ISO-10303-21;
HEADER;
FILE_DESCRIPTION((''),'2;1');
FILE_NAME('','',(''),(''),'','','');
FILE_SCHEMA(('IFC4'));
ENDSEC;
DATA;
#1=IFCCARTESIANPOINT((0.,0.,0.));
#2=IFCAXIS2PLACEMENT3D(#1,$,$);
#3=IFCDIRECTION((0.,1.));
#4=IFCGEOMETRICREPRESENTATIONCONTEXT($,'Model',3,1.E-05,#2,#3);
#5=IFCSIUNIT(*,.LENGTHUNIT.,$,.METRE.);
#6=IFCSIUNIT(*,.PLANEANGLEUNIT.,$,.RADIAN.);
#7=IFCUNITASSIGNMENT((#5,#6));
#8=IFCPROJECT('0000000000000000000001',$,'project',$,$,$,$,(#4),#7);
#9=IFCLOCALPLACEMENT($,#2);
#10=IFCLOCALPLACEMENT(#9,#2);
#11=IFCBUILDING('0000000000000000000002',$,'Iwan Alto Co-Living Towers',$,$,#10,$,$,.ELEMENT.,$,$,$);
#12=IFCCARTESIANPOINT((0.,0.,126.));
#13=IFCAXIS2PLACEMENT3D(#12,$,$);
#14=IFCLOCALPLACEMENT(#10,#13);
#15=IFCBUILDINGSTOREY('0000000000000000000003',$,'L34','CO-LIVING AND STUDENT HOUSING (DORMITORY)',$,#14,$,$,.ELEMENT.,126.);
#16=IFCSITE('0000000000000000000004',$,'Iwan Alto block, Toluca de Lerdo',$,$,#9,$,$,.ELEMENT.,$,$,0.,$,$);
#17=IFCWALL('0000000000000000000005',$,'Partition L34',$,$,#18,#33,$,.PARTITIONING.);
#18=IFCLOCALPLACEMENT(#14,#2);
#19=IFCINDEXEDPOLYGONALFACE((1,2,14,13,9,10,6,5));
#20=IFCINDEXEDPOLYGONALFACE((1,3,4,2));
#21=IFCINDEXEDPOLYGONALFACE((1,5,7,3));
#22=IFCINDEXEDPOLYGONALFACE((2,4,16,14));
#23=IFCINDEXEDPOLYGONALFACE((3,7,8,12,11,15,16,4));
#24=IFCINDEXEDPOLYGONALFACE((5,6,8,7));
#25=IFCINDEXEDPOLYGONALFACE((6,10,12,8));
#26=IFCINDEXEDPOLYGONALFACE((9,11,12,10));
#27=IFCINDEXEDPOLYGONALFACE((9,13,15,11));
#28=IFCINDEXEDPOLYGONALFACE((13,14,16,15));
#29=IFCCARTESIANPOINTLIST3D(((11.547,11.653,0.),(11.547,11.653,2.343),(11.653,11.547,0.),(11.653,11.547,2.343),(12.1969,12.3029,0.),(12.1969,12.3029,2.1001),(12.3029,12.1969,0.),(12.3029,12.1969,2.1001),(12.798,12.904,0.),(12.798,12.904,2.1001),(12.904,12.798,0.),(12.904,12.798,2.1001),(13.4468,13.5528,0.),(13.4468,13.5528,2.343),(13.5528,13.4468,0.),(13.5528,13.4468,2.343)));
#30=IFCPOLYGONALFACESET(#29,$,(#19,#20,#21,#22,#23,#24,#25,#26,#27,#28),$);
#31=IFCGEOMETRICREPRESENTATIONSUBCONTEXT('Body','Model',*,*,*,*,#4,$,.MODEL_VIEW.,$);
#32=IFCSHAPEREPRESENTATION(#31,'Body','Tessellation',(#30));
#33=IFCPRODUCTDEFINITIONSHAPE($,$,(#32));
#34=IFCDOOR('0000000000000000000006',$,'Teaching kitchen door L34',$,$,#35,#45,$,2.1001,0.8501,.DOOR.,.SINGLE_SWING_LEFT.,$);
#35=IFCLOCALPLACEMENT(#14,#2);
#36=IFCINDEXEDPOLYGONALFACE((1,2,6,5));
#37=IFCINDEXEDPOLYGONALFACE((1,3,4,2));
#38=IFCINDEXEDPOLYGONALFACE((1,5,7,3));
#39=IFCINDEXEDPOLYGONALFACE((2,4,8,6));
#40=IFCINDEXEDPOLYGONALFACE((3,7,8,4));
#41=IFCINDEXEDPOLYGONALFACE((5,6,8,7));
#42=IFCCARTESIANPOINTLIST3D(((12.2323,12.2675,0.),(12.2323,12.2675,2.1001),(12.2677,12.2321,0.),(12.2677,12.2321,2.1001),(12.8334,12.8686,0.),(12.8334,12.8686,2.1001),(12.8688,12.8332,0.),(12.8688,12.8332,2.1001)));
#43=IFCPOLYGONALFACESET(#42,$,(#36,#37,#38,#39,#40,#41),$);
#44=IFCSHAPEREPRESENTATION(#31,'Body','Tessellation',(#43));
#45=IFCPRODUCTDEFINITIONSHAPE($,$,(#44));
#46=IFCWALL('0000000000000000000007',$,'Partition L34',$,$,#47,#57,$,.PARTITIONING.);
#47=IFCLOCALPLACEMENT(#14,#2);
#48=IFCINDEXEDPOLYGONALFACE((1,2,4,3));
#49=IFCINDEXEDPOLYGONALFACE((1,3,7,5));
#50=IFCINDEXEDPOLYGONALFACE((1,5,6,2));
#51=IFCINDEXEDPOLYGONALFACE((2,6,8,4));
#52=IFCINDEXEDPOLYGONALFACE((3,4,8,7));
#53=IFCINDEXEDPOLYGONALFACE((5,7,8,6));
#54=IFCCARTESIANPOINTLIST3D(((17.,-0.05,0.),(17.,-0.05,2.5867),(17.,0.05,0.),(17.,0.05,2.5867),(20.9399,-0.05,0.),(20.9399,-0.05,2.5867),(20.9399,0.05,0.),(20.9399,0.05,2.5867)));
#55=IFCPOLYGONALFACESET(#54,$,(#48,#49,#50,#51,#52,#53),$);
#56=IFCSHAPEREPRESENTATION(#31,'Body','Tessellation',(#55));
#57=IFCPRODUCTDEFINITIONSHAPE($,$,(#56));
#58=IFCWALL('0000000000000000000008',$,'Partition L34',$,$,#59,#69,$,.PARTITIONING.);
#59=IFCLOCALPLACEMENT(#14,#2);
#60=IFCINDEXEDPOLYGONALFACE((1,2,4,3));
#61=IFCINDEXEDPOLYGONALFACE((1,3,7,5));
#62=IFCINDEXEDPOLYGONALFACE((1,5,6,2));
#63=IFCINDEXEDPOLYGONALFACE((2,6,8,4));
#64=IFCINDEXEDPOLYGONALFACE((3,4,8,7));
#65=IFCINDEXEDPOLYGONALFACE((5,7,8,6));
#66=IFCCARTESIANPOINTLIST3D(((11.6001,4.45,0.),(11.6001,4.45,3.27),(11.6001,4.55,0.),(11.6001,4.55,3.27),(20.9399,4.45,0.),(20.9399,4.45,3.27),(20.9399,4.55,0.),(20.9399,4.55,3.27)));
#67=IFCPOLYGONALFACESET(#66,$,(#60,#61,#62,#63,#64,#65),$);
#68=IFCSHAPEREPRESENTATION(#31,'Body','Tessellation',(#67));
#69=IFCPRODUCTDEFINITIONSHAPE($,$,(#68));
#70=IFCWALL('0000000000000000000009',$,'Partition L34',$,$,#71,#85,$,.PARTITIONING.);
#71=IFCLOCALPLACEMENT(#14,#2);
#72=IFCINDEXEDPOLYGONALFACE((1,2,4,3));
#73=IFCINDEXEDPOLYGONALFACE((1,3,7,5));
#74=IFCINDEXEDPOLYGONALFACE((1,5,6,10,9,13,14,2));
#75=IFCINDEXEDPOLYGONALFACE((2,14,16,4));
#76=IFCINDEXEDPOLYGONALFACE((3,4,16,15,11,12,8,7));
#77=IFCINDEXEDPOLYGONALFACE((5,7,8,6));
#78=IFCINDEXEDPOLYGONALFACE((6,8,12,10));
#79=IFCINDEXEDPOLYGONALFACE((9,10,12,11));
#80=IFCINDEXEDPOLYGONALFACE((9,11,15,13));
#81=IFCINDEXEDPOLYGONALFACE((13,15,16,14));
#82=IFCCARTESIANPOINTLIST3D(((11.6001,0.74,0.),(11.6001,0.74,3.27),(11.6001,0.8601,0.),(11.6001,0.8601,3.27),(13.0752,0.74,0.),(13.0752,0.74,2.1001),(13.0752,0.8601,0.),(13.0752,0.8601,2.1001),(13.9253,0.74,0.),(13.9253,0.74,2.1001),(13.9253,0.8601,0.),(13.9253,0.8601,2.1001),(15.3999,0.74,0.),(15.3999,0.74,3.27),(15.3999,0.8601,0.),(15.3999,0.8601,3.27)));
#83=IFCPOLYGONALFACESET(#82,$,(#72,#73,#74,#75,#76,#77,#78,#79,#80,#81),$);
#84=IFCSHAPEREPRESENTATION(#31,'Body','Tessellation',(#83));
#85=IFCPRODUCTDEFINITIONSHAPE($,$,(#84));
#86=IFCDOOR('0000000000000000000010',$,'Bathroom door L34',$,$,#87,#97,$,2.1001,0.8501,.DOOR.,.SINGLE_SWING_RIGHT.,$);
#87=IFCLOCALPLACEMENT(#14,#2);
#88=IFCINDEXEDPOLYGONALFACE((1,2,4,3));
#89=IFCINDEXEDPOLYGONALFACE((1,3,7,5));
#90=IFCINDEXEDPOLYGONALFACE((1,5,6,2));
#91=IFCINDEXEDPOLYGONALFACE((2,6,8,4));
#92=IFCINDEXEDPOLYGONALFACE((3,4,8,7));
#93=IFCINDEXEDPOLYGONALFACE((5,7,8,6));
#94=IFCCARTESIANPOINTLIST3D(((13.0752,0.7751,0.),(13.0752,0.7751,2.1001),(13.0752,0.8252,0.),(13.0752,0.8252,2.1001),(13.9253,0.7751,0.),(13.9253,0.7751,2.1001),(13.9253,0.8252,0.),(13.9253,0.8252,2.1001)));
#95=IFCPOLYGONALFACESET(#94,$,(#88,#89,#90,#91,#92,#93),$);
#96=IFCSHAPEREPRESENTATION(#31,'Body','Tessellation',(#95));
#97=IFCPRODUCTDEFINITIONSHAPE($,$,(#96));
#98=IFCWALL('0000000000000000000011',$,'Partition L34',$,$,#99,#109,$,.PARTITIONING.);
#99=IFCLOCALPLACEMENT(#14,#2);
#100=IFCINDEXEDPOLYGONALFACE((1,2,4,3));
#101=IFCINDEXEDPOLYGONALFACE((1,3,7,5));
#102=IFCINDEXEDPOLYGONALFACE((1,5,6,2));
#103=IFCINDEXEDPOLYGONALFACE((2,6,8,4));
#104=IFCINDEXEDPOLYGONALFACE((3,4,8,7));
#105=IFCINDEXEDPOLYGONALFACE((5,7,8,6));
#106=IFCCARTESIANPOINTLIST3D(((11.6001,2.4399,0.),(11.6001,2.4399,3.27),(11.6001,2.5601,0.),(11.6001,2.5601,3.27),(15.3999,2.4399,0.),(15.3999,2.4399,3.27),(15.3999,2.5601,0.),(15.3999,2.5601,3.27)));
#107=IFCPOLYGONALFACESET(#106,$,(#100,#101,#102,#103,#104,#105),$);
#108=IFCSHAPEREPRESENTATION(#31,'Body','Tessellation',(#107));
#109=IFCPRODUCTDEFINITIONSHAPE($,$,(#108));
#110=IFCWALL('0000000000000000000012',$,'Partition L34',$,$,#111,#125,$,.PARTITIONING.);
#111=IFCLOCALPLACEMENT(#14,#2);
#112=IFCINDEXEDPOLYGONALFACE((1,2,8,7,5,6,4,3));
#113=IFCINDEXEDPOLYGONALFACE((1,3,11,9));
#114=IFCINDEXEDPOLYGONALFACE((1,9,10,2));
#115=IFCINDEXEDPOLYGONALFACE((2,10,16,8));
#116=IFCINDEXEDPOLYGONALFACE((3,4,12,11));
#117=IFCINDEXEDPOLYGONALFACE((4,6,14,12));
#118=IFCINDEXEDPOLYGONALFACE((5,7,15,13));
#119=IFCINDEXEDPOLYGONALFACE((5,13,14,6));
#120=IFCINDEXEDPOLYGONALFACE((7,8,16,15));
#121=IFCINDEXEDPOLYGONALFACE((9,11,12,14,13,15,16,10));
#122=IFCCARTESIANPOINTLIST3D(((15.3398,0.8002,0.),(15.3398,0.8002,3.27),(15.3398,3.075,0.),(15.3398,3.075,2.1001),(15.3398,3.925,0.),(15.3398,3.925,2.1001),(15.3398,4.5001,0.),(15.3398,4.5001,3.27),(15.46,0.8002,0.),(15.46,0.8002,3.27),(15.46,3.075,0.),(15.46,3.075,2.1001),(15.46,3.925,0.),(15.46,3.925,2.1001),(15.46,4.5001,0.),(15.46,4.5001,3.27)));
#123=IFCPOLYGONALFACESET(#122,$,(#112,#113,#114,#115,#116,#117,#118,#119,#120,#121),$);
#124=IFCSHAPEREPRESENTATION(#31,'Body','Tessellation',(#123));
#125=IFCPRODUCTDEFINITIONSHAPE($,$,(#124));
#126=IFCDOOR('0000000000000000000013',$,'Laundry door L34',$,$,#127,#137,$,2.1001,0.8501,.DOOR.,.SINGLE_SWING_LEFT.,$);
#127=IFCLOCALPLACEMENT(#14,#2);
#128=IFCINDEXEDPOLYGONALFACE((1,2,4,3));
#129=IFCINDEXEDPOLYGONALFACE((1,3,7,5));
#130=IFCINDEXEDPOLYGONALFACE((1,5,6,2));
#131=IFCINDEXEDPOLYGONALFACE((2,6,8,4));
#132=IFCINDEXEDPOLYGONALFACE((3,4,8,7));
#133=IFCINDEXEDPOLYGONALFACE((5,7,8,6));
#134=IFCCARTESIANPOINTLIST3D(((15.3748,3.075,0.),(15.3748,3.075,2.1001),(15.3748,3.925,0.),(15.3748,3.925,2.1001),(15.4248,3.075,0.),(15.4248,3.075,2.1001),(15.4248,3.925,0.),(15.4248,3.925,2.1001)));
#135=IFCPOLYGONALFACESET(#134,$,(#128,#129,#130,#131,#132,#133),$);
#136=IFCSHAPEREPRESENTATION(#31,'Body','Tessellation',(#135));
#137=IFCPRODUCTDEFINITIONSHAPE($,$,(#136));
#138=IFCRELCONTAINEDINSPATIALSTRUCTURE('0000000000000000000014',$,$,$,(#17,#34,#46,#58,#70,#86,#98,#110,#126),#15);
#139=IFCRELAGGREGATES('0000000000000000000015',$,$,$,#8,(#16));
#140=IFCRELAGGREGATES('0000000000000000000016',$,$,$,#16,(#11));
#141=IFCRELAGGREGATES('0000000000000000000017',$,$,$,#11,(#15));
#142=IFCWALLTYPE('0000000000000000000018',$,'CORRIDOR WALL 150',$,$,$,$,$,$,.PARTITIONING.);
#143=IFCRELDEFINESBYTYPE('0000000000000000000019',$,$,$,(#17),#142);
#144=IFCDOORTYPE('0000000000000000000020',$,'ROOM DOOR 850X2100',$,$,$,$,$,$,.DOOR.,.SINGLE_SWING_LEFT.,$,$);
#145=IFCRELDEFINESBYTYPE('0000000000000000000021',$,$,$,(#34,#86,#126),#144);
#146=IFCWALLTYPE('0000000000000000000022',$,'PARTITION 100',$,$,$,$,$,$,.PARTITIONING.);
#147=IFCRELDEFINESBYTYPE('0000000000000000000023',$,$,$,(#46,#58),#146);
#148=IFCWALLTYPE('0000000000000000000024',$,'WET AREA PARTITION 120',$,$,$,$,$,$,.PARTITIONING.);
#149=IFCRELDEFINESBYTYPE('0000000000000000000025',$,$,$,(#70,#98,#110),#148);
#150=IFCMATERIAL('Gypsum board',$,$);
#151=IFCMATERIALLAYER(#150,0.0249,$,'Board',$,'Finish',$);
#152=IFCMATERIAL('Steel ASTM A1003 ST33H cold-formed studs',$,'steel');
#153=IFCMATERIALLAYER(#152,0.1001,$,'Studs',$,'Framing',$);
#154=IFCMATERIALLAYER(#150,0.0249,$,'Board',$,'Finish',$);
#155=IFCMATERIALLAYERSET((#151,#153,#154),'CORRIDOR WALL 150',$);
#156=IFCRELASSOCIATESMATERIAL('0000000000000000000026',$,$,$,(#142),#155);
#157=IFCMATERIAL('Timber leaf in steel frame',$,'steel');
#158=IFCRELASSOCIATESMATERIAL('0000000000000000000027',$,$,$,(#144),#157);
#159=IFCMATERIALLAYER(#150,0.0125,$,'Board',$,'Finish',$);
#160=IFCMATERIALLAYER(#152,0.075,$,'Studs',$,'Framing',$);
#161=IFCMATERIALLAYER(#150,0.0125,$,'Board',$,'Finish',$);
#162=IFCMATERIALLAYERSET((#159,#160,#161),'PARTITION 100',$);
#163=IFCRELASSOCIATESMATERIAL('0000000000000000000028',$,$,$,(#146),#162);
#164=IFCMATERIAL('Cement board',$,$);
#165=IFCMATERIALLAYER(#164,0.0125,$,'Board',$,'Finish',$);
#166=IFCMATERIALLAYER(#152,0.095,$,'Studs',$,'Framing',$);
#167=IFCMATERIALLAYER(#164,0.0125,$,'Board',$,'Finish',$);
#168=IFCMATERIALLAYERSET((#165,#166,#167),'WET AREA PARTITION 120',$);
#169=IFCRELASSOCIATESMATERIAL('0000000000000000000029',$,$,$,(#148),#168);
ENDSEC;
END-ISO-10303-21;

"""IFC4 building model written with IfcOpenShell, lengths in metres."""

from ifc_helpers import new_model, si_unit, direction, frame, frame_2d, origin, place, context, subcontext, project, spatial, rectangle, extrude, material, layer, layer_set, type_object, element, fill, save


model = new_model("IFC4")

# Units and contexts
model_context = context("Model", 3, precision=1e-05, world=origin(), true_north=direction((0.0, 1.0)))
body_context = subcontext(model_context, "Body", "Model", "MODEL_VIEW")
ifc_project = project(units=[si_unit("LENGTHUNIT", "METRE"), si_unit("PLANEANGLEUNIT", "RADIAN")], contexts=[model_context])

# Site, building, storey
site_placement = place(None, origin())
site = spatial("IfcSite", under=ifc_project, at=site_placement, Name="Iwan Alto block, Toluca de Lerdo", CompositionType="ELEMENT", RefElevation=0.0)
building_placement = place(site_placement, origin())
building = spatial("IfcBuilding", under=site, at=building_placement, Name="Iwan Alto Co-Living Towers", CompositionType="ELEMENT")
storey_placement = place(building_placement, frame((0.0, 0.0, 126.0)))
storey = spatial("IfcBuildingStorey", under=building, at=storey_placement, Name="L34", Description="CO-LIVING AND STUDENT HOUSING (DORMITORY)", CompositionType="ELEMENT", Elevation=126.0)

# Wall, opening, door
ifc_material_1 = material(Name="Gypsum board")
ifc_layer_1 = layer(ifc_material_1, 0.0249, Name="Board", Category="Finish")
ifc_material_2 = material(Name="Steel ASTM A1003 ST33H cold-formed studs", Category="steel")
ifc_layer_2 = layer(ifc_material_2, 0.1001, Name="Studs", Category="Framing")
ifc_layer_3 = layer(ifc_material_1, 0.0249, Name="Board", Category="Finish")
ifc_layer_set_1 = layer_set([ifc_layer_1, ifc_layer_2, ifc_layer_3], Name="CORRIDOR WALL 150")
wall_type_1 = type_object("IfcWallType", Name="CORRIDOR WALL 150", PredefinedType="PARTITIONING", material=ifc_layer_set_1)
ifc_material_3 = material(Name="Timber leaf in steel frame", Category="steel")
door_type = type_object("IfcDoorType", Name="ROOM DOOR 850X2100", OperationType="SINGLE_SWING_LEFT", PredefinedType="DOOR", material=ifc_material_3)
wall_1_placement = place(storey_placement, frame((11.6001, 11.6001, 0.0), z_axis=(0.0, 0.0, 1.0), x_axis=(0.707107, 0.707107, 0.0)))
wall_1 = element("IfcWall", 1, at=wall_1_placement, inside=storey, type_object=wall_type_1, Name="Partition L34", PredefinedType="PARTITIONING", context=body_context, shape_type="SweptSolid", body=[
    extrude(rectangle(XDim=2.6868, YDim=0.1499, at=frame_2d((1.3433, 0.0))), origin(), (0.0, 0.0, 1.0), 2.343),
])
opening_1_placement = place(wall_1_placement, frame((0.9189, 0.0, 0.0)))
opening_1 = element("IfcOpeningElement", 2, at=opening_1_placement, cuts=wall_1, PredefinedType="OPENING", context=body_context, shape_type="SweptSolid", body=[
    extrude(rectangle(XDim=0.8501, YDim=2.1001, at=frame_2d((0.425, 1.05))), frame((0.0, 0.085, 0.0), z_axis=(0.0, -1.0, 0.0), x_axis=(1.0, 0.0, 0.0)), (0.0, 0.0, 1.0), 0.1699),
])
door_1_placement = place(opening_1_placement, origin())
door_1 = element("IfcDoor", 3, at=door_1_placement, inside=storey, type_object=door_type, Name="Teaching kitchen door L34", OperationType="SINGLE_SWING_LEFT", OverallHeight=2.1001, OverallWidth=0.8501, PredefinedType="DOOR", context=body_context, shape_type="SweptSolid", body=[
    extrude(rectangle(XDim=0.8501, YDim=2.1001, at=frame_2d((0.425, 1.05))), frame((0.0, 0.0249, 0.0), z_axis=(0.0, -1.0, 0.0), x_axis=(1.0, 0.0, 0.0)), (0.0, 0.0, 1.0), 0.05),
])
fill(opening_1, door_1)

# Walls
ifc_layer_4 = layer(ifc_material_1, 0.0125, Name="Board", Category="Finish")
ifc_layer_5 = layer(ifc_material_2, 0.075, Name="Studs", Category="Framing")
ifc_layer_6 = layer(ifc_material_1, 0.0125, Name="Board", Category="Finish")
ifc_layer_set_2 = layer_set([ifc_layer_4, ifc_layer_5, ifc_layer_6], Name="PARTITION 100")
wall_type_2 = type_object("IfcWallType", Name="PARTITION 100", PredefinedType="PARTITIONING", material=ifc_layer_set_2)
wall_2_placement = place(storey_placement, frame((17.0, 0.0, 0.0), z_axis=(0.0, 0.0, 1.0), x_axis=(1.0, 0.0, 0.0)))
element("IfcWall", 4, at=wall_2_placement, inside=storey, type_object=wall_type_2, Name="Partition L34", PredefinedType="PARTITIONING", context=body_context, shape_type="SweptSolid", body=[
    extrude(rectangle(XDim=3.9399, YDim=0.1001, at=frame_2d((1.97, 0.0))), origin(), (0.0, 0.0, 1.0), 2.5867),
])
wall_3_placement = place(storey_placement, frame((11.6001, 4.5, 0.0), z_axis=(0.0, 0.0, 1.0), x_axis=(1.0, 0.0, 0.0)))
element("IfcWall", 5, at=wall_3_placement, inside=storey, type_object=wall_type_2, Name="Partition L34", PredefinedType="PARTITIONING", context=body_context, shape_type="SweptSolid", body=[
    extrude(rectangle(XDim=9.3398, YDim=0.1001, at=frame_2d((4.6699, 0.0))), origin(), (0.0, 0.0, 1.0), 3.27),
])

# Wall, opening, door
ifc_material_4 = material(Name="Cement board")
ifc_layer_7 = layer(ifc_material_4, 0.0125, Name="Board", Category="Finish")
ifc_layer_8 = layer(ifc_material_2, 0.095, Name="Studs", Category="Framing")
ifc_layer_9 = layer(ifc_material_4, 0.0125, Name="Board", Category="Finish")
ifc_layer_set_3 = layer_set([ifc_layer_7, ifc_layer_8, ifc_layer_9], Name="WET AREA PARTITION 120")
wall_type_3 = type_object("IfcWallType", Name="WET AREA PARTITION 120", PredefinedType="PARTITIONING", material=ifc_layer_set_3)
wall_4_placement = place(storey_placement, frame((11.6001, 0.8, 0.0), z_axis=(0.0, 0.0, 1.0), x_axis=(1.0, 0.0, 0.0)))
wall_4 = element("IfcWall", 6, at=wall_4_placement, inside=storey, type_object=wall_type_3, Name="Partition L34", PredefinedType="PARTITIONING", context=body_context, shape_type="SweptSolid", body=[
    extrude(rectangle(XDim=3.7998, YDim=0.1201, at=frame_2d((1.8999, 0.0))), origin(), (0.0, 0.0, 1.0), 3.27),
])
opening_2_placement = place(wall_4_placement, frame((1.4751, 0.0, 0.0)))
opening_2 = element("IfcOpeningElement", 7, at=opening_2_placement, cuts=wall_4, PredefinedType="OPENING", context=body_context, shape_type="SweptSolid", body=[
    extrude(rectangle(XDim=0.8501, YDim=2.1001, at=frame_2d((0.425, 1.05))), frame((0.0, 0.0701, 0.0), z_axis=(0.0, -1.0, 0.0), x_axis=(1.0, 0.0, 0.0)), (0.0, 0.0, 1.0), 0.1401),
])
door_2_placement = place(opening_2_placement, frame((0.8501, 0.0, 0.0), z_axis=(0.0, 0.0, 1.0), x_axis=(-1.0, 0.0, 0.0)))
door_2 = element("IfcDoor", 8, at=door_2_placement, inside=storey, type_object=door_type, Name="Bathroom door L34", OperationType="SINGLE_SWING_RIGHT", OverallHeight=2.1001, OverallWidth=0.8501, PredefinedType="DOOR", context=body_context, shape_type="SweptSolid", body=[
    extrude(rectangle(XDim=0.8501, YDim=2.1001, at=frame_2d((0.425, 1.05))), frame((0.0, 0.0249, 0.0), z_axis=(0.0, -1.0, 0.0), x_axis=(1.0, 0.0, 0.0)), (0.0, 0.0, 1.0), 0.05),
])
fill(opening_2, door_2)

# Wall
wall_5_placement = place(storey_placement, frame((11.6001, 2.5, 0.0), z_axis=(0.0, 0.0, 1.0), x_axis=(1.0, 0.0, 0.0)))
element("IfcWall", 9, at=wall_5_placement, inside=storey, type_object=wall_type_3, Name="Partition L34", PredefinedType="PARTITIONING", context=body_context, shape_type="SweptSolid", body=[
    extrude(rectangle(XDim=3.7998, YDim=0.1201, at=frame_2d((1.8999, 0.0))), origin(), (0.0, 0.0, 1.0), 3.27),
])

# Wall, opening, door
wall_6_placement = place(storey_placement, frame((15.3999, 0.8, 0.0), z_axis=(0.0, 0.0, 1.0), x_axis=(0.0, 1.0, 0.0)))
wall_6 = element("IfcWall", 10, at=wall_6_placement, inside=storey, type_object=wall_type_3, Name="Partition L34", PredefinedType="PARTITIONING", context=body_context, shape_type="SweptSolid", body=[
    extrude(rectangle(XDim=3.7, YDim=0.1201, at=frame_2d((1.8501, 0.0))), origin(), (0.0, 0.0, 1.0), 3.27),
])
opening_3_placement = place(wall_6_placement, frame((2.2749, 0.0, 0.0)))
opening_3 = element("IfcOpeningElement", 11, at=opening_3_placement, cuts=wall_6, PredefinedType="OPENING", context=body_context, shape_type="SweptSolid", body=[
    extrude(rectangle(XDim=0.8501, YDim=2.1001, at=frame_2d((0.425, 1.05))), frame((0.0, 0.0701, 0.0), z_axis=(0.0, -1.0, 0.0), x_axis=(1.0, 0.0, 0.0)), (0.0, 0.0, 1.0), 0.1401),
])
door_3_placement = place(opening_3_placement, frame((0.8501, 0.0, 0.0), z_axis=(0.0, 0.0, 1.0), x_axis=(-1.0, 0.0, 0.0)))
door_3 = element("IfcDoor", 12, at=door_3_placement, inside=storey, type_object=door_type, Name="Laundry door L34", OperationType="SINGLE_SWING_LEFT", OverallHeight=2.1001, OverallWidth=0.8501, PredefinedType="DOOR", context=body_context, shape_type="SweptSolid", body=[
    extrude(rectangle(XDim=0.8501, YDim=2.1001, at=frame_2d((0.425, 1.05))), frame((0.0, 0.0249, 0.0), z_axis=(0.0, -1.0, 0.0), x_axis=(1.0, 0.0, 0.0)), (0.0, 0.0, 1.0), 0.05),
])
fill(opening_3, door_3)

save(model, "model.ifc")
